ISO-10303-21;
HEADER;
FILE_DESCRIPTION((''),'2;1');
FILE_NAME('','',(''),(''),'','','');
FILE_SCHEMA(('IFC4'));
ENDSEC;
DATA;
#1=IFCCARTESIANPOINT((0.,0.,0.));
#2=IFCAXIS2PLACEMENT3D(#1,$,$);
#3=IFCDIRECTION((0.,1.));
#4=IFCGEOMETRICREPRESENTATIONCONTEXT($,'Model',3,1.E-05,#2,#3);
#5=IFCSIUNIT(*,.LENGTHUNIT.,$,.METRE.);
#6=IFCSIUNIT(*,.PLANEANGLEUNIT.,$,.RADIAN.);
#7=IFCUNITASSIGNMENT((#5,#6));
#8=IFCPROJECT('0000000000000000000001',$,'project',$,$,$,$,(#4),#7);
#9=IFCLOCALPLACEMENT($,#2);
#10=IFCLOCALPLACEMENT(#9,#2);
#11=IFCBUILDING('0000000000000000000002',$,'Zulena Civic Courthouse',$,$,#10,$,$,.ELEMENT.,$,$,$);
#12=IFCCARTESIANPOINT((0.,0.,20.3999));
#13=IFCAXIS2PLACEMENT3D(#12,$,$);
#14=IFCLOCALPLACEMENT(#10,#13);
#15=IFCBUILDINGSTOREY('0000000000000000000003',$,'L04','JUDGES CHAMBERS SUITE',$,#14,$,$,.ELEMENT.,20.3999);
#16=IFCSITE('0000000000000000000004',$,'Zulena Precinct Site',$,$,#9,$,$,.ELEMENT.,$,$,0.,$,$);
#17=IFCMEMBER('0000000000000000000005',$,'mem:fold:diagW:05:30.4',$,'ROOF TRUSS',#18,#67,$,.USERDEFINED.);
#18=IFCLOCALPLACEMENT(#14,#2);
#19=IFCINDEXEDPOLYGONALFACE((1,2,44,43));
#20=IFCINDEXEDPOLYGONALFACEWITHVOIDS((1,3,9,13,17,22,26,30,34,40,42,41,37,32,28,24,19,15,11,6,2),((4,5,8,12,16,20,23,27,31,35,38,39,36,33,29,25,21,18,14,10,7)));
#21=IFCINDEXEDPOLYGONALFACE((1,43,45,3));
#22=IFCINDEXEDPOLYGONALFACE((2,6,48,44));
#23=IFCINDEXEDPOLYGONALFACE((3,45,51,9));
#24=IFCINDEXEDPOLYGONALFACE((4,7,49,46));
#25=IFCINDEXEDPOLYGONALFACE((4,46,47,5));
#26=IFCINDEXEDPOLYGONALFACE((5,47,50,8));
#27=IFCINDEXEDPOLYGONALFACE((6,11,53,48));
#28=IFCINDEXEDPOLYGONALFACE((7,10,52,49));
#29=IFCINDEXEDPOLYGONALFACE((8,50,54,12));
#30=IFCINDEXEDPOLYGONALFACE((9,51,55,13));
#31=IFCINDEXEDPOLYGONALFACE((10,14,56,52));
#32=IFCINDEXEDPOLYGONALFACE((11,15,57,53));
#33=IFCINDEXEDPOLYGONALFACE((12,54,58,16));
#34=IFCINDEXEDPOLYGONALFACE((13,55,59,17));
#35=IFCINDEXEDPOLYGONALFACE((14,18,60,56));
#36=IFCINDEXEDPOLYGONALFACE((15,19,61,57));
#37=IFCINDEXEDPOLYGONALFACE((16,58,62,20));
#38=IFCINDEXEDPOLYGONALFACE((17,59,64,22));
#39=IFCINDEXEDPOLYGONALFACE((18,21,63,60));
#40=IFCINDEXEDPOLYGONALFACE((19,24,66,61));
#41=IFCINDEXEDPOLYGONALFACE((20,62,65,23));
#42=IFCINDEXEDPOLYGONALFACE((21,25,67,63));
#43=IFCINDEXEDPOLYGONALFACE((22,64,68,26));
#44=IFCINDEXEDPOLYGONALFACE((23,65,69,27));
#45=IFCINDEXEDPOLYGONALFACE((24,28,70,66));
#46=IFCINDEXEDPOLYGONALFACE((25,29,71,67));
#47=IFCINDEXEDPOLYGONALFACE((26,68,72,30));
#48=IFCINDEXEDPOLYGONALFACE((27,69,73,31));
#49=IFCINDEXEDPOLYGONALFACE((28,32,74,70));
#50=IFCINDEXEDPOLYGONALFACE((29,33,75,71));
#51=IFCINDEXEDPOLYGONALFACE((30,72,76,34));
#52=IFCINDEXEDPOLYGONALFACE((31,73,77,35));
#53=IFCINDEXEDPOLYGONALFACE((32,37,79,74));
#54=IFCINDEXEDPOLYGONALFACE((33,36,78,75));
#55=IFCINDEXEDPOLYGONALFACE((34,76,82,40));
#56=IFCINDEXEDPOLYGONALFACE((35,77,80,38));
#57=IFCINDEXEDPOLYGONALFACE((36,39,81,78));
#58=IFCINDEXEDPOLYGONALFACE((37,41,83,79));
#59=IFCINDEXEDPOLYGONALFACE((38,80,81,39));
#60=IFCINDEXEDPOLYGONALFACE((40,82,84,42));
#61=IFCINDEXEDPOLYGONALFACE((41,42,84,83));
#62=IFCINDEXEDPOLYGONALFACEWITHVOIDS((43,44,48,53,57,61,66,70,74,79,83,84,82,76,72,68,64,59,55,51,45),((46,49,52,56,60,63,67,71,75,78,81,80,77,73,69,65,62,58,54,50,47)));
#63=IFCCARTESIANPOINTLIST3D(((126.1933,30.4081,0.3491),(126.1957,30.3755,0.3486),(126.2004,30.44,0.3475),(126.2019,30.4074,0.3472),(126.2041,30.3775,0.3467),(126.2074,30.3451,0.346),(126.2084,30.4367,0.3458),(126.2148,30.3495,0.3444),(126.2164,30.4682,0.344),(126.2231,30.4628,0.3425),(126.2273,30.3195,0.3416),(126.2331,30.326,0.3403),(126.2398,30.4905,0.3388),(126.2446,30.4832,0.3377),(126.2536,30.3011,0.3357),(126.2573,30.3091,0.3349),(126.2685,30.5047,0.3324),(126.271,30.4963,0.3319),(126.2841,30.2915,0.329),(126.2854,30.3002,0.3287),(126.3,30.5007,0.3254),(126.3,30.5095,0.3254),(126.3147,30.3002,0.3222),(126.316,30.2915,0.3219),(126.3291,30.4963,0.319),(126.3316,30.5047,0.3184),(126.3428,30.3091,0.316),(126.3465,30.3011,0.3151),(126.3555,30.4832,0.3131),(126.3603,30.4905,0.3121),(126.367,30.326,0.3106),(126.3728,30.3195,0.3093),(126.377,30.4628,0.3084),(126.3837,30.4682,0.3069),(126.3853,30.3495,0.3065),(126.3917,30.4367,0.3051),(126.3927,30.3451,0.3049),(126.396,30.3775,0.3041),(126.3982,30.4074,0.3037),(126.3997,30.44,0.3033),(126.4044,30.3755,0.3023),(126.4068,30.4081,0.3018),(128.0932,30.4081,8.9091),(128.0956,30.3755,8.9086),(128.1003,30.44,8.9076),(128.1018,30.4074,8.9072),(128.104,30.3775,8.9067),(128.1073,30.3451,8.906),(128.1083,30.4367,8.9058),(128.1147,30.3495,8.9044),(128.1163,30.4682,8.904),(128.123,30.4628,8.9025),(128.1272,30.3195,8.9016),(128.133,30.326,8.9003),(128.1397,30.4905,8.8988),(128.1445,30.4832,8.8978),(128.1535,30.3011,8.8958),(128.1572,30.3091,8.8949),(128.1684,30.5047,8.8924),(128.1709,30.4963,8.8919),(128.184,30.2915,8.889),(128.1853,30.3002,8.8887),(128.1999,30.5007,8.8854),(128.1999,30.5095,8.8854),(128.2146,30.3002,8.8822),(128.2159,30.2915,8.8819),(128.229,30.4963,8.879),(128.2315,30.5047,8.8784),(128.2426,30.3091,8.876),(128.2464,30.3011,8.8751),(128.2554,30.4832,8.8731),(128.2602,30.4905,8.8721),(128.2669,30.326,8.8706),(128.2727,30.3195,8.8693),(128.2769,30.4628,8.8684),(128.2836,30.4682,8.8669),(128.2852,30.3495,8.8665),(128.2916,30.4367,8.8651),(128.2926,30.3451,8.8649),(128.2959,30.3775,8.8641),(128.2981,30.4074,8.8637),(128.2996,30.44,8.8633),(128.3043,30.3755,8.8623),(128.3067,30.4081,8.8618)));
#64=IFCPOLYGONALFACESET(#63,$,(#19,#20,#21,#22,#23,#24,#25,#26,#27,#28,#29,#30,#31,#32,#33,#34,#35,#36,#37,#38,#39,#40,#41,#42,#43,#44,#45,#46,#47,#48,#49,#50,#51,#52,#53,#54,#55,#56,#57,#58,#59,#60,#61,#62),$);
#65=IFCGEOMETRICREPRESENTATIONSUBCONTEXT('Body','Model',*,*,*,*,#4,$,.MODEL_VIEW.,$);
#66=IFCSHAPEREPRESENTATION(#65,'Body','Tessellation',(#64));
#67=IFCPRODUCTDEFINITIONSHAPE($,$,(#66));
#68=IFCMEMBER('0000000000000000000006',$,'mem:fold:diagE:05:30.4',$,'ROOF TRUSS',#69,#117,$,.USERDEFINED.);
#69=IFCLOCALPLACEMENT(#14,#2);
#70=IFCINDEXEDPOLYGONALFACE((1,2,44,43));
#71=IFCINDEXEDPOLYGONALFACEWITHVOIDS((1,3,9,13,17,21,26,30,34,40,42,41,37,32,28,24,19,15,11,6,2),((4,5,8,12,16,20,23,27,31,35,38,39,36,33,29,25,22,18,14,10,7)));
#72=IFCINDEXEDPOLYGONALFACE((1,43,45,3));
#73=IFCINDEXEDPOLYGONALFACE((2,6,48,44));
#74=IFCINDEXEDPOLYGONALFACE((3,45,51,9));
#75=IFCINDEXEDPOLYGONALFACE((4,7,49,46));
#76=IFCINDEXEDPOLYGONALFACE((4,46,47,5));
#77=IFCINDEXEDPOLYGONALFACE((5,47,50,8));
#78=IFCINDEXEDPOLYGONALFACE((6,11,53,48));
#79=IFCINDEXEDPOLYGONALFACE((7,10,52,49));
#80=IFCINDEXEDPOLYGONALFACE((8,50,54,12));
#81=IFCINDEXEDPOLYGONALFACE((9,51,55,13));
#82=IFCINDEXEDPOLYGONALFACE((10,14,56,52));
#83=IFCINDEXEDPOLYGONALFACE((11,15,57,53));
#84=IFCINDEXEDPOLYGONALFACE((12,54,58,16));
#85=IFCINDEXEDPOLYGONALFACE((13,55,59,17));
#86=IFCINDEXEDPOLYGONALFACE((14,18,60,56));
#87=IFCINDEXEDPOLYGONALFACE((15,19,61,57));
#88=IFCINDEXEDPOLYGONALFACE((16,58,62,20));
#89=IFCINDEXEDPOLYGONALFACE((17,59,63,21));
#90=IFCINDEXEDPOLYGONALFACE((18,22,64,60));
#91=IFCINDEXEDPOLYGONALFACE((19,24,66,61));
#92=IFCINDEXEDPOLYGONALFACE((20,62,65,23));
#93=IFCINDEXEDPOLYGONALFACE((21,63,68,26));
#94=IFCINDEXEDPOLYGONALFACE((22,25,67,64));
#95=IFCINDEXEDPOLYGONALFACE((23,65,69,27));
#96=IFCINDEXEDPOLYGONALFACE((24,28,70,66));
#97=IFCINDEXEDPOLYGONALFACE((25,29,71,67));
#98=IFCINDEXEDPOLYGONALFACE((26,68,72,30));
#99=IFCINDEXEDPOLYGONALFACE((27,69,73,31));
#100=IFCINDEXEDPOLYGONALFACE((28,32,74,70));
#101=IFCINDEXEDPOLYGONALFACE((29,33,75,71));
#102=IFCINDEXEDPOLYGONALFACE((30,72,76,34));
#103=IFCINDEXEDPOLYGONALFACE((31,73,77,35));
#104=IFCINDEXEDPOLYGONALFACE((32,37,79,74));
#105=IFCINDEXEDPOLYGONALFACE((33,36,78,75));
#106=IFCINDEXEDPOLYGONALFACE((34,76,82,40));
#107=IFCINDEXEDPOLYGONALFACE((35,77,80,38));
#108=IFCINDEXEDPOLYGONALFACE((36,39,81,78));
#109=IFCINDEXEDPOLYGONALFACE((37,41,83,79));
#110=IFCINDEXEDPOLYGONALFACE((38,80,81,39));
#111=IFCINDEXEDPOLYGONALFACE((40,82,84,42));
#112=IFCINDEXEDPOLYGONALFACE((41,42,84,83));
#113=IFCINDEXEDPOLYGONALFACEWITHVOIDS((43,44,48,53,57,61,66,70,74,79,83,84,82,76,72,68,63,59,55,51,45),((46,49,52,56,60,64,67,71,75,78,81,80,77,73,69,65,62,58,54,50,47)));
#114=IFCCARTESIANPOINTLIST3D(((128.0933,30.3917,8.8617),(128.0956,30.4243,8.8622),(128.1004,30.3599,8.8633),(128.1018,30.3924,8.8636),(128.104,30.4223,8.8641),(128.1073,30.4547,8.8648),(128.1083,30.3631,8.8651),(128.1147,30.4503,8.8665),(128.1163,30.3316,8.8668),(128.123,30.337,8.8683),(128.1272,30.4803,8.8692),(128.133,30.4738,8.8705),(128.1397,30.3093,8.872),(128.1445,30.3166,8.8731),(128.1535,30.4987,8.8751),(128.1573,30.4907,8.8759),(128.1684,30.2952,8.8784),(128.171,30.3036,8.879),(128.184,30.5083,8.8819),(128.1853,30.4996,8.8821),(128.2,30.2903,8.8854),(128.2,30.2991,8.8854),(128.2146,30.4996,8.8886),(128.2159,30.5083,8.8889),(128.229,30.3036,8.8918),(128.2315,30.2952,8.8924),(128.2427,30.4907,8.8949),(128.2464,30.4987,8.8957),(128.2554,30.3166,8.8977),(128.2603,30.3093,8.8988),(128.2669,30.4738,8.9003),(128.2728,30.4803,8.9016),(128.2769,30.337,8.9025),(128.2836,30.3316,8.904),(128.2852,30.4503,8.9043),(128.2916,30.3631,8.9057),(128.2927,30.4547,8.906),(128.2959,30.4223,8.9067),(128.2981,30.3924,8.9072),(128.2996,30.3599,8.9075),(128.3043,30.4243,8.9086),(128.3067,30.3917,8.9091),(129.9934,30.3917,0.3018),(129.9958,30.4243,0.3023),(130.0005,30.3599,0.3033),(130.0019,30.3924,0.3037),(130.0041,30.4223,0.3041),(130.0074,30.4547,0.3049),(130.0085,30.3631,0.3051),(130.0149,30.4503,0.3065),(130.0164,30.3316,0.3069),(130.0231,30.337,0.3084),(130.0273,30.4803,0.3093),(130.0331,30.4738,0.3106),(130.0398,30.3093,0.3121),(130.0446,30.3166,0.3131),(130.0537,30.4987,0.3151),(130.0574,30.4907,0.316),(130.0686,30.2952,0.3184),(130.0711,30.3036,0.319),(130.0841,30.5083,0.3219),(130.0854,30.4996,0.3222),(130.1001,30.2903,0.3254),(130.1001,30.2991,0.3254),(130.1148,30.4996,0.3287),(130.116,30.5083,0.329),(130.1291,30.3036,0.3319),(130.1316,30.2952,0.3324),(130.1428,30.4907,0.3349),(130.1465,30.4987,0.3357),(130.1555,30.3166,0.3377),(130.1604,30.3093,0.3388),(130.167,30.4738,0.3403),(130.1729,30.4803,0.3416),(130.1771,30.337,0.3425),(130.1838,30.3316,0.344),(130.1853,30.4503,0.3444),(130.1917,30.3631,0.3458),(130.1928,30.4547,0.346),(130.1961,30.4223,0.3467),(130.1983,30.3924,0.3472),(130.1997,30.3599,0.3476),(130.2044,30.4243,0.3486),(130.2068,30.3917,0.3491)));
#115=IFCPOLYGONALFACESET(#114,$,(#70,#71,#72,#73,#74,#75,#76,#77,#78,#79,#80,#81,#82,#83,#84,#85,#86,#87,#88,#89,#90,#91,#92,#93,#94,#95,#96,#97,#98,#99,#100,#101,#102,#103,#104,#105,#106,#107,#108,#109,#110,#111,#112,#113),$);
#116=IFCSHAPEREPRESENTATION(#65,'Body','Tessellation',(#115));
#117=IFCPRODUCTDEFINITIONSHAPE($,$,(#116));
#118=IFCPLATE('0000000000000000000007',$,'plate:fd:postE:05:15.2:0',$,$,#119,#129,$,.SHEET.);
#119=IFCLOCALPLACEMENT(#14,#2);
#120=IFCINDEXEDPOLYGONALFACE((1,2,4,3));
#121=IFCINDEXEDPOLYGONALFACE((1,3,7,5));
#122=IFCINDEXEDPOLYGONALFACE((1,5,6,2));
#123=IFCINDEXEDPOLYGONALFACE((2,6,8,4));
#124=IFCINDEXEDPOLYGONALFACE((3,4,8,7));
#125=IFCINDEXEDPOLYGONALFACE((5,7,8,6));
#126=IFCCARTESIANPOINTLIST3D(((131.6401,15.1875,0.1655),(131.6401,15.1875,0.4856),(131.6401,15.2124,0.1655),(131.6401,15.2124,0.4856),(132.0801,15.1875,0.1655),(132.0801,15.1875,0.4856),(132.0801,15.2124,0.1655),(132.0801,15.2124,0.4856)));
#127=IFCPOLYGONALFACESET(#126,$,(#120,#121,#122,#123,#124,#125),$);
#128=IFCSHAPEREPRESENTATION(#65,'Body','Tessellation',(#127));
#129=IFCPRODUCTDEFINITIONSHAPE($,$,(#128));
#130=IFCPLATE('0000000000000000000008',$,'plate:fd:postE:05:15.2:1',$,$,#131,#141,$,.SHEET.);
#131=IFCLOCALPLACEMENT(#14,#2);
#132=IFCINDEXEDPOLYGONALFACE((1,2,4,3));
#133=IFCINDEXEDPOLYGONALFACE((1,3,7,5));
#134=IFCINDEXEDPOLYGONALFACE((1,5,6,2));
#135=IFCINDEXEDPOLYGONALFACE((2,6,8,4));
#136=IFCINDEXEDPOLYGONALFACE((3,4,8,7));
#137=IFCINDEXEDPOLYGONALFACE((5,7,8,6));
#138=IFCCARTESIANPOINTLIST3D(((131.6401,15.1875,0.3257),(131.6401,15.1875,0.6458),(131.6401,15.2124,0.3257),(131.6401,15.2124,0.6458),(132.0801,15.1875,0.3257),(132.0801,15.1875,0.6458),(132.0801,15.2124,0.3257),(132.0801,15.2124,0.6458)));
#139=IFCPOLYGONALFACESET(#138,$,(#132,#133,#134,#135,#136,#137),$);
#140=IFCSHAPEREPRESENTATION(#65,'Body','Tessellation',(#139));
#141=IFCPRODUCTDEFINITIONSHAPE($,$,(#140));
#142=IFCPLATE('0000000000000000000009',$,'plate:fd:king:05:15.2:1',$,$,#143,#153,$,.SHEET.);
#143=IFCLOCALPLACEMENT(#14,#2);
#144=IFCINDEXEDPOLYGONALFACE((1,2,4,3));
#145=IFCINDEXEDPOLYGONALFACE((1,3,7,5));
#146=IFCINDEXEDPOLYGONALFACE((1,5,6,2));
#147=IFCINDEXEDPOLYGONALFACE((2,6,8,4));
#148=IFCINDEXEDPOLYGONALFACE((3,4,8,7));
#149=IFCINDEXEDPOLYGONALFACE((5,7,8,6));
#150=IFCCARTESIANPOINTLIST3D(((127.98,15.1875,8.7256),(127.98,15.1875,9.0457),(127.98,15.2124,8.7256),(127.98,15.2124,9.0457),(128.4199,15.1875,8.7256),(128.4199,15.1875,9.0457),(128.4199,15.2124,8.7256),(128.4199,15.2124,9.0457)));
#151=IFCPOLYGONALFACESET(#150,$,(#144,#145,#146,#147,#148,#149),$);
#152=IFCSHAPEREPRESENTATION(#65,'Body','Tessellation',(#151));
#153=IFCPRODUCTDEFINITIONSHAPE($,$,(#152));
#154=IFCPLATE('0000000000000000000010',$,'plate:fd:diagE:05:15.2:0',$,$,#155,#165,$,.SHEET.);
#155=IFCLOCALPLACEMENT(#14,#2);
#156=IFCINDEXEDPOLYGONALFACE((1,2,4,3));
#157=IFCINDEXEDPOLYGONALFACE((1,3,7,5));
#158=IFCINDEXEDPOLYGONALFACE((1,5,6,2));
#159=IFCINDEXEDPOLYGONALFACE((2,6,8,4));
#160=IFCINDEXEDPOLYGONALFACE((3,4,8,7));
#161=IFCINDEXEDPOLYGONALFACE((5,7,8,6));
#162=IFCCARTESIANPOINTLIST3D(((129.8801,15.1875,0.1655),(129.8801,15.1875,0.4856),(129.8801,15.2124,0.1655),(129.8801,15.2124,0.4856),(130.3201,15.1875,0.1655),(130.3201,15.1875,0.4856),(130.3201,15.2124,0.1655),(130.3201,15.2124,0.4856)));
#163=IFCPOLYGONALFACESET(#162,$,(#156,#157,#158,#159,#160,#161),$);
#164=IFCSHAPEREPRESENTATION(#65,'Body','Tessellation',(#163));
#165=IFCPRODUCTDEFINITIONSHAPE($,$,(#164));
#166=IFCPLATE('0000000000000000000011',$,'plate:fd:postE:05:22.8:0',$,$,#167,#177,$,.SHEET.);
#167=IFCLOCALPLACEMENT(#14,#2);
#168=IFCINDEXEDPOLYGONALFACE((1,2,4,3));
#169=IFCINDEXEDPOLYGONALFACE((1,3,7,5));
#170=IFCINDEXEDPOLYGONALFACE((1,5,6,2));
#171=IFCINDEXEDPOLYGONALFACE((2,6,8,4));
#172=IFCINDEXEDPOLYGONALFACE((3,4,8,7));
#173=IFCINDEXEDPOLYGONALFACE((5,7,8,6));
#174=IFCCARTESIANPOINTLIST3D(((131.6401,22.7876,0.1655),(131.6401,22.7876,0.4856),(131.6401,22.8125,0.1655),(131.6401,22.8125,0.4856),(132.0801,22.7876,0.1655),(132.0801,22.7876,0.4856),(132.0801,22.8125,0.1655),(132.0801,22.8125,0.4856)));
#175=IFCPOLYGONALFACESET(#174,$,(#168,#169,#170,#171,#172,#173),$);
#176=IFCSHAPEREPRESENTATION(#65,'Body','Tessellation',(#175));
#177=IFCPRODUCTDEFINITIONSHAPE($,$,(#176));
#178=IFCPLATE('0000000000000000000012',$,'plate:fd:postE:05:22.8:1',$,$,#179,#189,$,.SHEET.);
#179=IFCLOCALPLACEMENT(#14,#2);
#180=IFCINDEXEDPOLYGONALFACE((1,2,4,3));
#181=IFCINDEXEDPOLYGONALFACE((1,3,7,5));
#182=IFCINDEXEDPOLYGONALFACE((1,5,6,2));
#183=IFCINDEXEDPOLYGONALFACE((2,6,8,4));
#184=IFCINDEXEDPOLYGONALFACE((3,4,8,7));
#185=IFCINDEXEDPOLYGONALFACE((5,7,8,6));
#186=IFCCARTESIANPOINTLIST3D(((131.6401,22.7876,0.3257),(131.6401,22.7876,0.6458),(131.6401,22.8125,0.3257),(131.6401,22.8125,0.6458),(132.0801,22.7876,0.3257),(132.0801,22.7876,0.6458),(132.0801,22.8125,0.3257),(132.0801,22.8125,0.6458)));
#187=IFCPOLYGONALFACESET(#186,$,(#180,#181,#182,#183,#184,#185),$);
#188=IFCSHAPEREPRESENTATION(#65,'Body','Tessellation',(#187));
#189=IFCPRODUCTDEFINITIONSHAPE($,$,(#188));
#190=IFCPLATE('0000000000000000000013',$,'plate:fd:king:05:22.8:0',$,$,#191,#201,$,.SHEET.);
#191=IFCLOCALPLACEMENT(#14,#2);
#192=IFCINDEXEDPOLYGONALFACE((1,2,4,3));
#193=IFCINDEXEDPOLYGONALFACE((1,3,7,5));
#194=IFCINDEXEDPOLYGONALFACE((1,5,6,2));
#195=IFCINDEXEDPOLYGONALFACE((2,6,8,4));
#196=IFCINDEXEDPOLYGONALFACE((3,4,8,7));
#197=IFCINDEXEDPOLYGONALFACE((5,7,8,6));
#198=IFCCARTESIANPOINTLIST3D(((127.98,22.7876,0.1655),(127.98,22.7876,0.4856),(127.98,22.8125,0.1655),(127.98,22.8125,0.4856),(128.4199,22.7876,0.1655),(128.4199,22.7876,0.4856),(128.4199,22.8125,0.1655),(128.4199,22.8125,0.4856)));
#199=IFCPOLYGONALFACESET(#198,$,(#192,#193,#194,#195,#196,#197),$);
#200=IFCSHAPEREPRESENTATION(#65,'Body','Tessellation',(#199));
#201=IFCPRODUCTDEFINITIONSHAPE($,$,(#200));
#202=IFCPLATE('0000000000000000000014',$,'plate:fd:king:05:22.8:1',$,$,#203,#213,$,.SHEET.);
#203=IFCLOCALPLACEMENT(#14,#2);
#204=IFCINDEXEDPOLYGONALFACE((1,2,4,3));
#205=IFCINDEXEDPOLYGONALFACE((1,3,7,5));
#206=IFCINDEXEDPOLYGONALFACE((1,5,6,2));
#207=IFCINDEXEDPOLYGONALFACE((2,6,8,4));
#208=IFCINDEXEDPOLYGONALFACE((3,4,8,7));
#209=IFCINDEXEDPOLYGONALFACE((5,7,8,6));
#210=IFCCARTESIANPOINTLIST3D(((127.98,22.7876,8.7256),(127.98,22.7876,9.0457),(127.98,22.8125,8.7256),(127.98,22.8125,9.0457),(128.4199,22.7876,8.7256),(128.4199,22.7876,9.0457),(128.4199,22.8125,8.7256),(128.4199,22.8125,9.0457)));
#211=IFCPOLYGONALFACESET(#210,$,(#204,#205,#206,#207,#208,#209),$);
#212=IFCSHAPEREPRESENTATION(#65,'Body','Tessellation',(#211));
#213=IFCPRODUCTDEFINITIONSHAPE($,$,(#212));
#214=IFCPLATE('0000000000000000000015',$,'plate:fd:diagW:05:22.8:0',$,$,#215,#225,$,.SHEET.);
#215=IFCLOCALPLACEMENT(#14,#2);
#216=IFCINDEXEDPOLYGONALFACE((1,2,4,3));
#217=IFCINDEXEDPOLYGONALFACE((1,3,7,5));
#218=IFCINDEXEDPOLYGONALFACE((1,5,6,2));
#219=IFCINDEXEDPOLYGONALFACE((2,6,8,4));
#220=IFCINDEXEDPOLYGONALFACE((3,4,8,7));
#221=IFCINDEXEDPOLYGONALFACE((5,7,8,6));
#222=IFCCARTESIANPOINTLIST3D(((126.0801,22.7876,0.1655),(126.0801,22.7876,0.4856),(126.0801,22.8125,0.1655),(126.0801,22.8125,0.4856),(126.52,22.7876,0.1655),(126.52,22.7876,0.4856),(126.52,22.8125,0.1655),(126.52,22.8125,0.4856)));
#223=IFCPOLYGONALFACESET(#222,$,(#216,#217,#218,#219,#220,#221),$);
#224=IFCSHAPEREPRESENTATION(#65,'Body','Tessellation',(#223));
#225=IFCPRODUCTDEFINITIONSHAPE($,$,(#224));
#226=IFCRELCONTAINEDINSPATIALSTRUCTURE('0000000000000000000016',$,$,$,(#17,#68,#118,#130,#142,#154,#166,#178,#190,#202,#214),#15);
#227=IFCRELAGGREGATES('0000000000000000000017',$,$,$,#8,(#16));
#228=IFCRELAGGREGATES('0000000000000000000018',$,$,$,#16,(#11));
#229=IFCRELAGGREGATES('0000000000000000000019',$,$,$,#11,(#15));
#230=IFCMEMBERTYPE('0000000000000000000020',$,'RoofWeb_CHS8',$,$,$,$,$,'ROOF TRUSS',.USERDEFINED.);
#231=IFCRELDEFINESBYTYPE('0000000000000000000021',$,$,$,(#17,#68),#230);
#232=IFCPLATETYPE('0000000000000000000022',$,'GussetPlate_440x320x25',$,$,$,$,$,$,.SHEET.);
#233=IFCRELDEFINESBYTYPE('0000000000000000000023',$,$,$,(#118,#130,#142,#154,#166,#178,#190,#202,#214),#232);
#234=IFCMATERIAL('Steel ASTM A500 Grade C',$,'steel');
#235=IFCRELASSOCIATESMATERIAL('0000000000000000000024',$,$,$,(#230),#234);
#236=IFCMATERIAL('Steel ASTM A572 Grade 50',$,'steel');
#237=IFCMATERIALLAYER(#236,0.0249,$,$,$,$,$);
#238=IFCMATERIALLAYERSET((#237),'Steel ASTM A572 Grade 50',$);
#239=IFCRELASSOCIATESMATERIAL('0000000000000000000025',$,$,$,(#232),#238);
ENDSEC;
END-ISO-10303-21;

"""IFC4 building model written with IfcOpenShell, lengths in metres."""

from ifc_helpers import new_model, si_unit, direction, frame, origin, origin_2d, place, context, subcontext, project, spatial, rectangle, hollow_circle, extrude, material, layer, layer_set, material_profile, profile_set, type_object, element, save


model = new_model("IFC4")

# Units and contexts
model_context = context("Model", 3, precision=1e-05, world=origin(), true_north=direction((0.0, 1.0)))
body_context = subcontext(model_context, "Body", "Model", "MODEL_VIEW")
ifc_project = project(units=[si_unit("LENGTHUNIT", "METRE"), si_unit("PLANEANGLEUNIT", "RADIAN")], contexts=[model_context])

# Site, building, storey
site_placement = place(None, origin())
site = spatial("IfcSite", under=ifc_project, at=site_placement, Name="Zulena Precinct Site", CompositionType="ELEMENT", RefElevation=0.0)
building_placement = place(site_placement, origin())
building = spatial("IfcBuilding", under=site, at=building_placement, Name="Zulena Civic Courthouse", CompositionType="ELEMENT")
storey_placement = place(building_placement, frame((0.0, 0.0, 20.3999)))
storey = spatial("IfcBuildingStorey", under=building, at=storey_placement, Name="L04", Description="JUDGES CHAMBERS SUITE", CompositionType="ELEMENT", Elevation=20.3999)

# Members
ifc_material_1 = material(Name="Steel ASTM A500 Grade C", Category="steel")
ifc_material_profile_1 = material_profile(ifc_material_1, hollow_circle(Radius=0.1096, WallThickness=0.0088, at=origin_2d()), Name="HSS8.625X0.375")
ifc_profile_set_1 = profile_set([ifc_material_profile_1], Name="Steel ASTM A500 Grade C")
member_type_1 = type_object("IfcMemberType", Name="RoofWeb_CHS8", ElementType="ROOF TRUSS", PredefinedType="USERDEFINED", material=ifc_profile_set_1)
for number, where, z_axis, x_axis, name in (
    (1, (126.3, 30.3999, 0.3254), (0.216677, 0.0, 0.976243), (0.0, 1.0, 0.0), "mem:fold:diagW:05:30.4"),
    (2, (130.1001, 30.3999, 0.3254), (-0.216703, 0.0, 0.976237), (0.0, -1.0, 0.0), "mem:fold:diagE:05:30.4"),
):
    element("IfcMember", number, at=place(storey_placement, frame(where, z_axis=z_axis, x_axis=x_axis)), inside=storey, type_object=member_type_1, Name=name, ObjectType="ROOF TRUSS", PredefinedType="USERDEFINED", context=body_context, shape_type="SweptSolid", body=[
        extrude(hollow_circle(Radius=0.1096, WallThickness=0.0088, at=origin_2d()), origin(), (0.0, 0.0, 1.0), 8.7683),
    ])

# Plates
ifc_material_2 = material(Name="Steel ASTM A572 Grade 50", Category="steel")
ifc_layer = layer(ifc_material_2, 0.0249)
ifc_layer_set = layer_set([ifc_layer], Name="Steel ASTM A572 Grade 50")
plate_type = type_object("IfcPlateType", Name="GussetPlate_440x320x25", PredefinedType="SHEET", material=ifc_layer_set)
for number, where, z_axis, x_axis, name in (
    (3, (131.8601, 15.2, 0.1655), (0.0, 0.0, 1.0), (1.0, 0.0, 0.0), "plate:fd:postE:05:15.2:0"),
    (4, (131.8601, 15.2, 0.3257), (0.0, 0.0, 1.0), (1.0, 0.0, 0.0), "plate:fd:postE:05:15.2:1"),
    (5, (128.2, 15.2, 8.7256), (0.0, 0.0, 1.0), (1.0, 0.0, 0.0), "plate:fd:king:05:15.2:1"),
    (6, (130.1001, 15.2, 0.1655), (0.0, 0.0, 1.0), (1.0, 0.0, 0.0), "plate:fd:diagE:05:15.2:0"),
    (7, (131.8601, 22.8, 0.1655), (0.0, 0.0, 1.0), (1.0, 0.0, 0.0), "plate:fd:postE:05:22.8:0"),
    (8, (131.8601, 22.8, 0.3257), (0.0, 0.0, 1.0), (1.0, 0.0, 0.0), "plate:fd:postE:05:22.8:1"),
    (9, (128.2, 22.8, 0.1655), (0.0, 0.0, 1.0), (1.0, 0.0, 0.0), "plate:fd:king:05:22.8:0"),
    (10, (128.2, 22.8, 8.7256), (0.0, 0.0, 1.0), (1.0, 0.0, 0.0), "plate:fd:king:05:22.8:1"),
    (11, (126.3, 22.8, 0.1655), (0.0, 0.0, 1.0), (1.0, 0.0, 0.0), "plate:fd:diagW:05:22.8:0"),
):
    element("IfcPlate", number, at=place(storey_placement, frame(where, z_axis=z_axis, x_axis=x_axis)), inside=storey, type_object=plate_type, Name=name, PredefinedType="SHEET", context=body_context, shape_type="SweptSolid", body=[
        extrude(rectangle(XDim=0.4399, YDim=0.0249, at=origin_2d()), origin(), (0.0, 0.0, 1.0), 0.3201),
    ])

save(model, "model.ifc")
